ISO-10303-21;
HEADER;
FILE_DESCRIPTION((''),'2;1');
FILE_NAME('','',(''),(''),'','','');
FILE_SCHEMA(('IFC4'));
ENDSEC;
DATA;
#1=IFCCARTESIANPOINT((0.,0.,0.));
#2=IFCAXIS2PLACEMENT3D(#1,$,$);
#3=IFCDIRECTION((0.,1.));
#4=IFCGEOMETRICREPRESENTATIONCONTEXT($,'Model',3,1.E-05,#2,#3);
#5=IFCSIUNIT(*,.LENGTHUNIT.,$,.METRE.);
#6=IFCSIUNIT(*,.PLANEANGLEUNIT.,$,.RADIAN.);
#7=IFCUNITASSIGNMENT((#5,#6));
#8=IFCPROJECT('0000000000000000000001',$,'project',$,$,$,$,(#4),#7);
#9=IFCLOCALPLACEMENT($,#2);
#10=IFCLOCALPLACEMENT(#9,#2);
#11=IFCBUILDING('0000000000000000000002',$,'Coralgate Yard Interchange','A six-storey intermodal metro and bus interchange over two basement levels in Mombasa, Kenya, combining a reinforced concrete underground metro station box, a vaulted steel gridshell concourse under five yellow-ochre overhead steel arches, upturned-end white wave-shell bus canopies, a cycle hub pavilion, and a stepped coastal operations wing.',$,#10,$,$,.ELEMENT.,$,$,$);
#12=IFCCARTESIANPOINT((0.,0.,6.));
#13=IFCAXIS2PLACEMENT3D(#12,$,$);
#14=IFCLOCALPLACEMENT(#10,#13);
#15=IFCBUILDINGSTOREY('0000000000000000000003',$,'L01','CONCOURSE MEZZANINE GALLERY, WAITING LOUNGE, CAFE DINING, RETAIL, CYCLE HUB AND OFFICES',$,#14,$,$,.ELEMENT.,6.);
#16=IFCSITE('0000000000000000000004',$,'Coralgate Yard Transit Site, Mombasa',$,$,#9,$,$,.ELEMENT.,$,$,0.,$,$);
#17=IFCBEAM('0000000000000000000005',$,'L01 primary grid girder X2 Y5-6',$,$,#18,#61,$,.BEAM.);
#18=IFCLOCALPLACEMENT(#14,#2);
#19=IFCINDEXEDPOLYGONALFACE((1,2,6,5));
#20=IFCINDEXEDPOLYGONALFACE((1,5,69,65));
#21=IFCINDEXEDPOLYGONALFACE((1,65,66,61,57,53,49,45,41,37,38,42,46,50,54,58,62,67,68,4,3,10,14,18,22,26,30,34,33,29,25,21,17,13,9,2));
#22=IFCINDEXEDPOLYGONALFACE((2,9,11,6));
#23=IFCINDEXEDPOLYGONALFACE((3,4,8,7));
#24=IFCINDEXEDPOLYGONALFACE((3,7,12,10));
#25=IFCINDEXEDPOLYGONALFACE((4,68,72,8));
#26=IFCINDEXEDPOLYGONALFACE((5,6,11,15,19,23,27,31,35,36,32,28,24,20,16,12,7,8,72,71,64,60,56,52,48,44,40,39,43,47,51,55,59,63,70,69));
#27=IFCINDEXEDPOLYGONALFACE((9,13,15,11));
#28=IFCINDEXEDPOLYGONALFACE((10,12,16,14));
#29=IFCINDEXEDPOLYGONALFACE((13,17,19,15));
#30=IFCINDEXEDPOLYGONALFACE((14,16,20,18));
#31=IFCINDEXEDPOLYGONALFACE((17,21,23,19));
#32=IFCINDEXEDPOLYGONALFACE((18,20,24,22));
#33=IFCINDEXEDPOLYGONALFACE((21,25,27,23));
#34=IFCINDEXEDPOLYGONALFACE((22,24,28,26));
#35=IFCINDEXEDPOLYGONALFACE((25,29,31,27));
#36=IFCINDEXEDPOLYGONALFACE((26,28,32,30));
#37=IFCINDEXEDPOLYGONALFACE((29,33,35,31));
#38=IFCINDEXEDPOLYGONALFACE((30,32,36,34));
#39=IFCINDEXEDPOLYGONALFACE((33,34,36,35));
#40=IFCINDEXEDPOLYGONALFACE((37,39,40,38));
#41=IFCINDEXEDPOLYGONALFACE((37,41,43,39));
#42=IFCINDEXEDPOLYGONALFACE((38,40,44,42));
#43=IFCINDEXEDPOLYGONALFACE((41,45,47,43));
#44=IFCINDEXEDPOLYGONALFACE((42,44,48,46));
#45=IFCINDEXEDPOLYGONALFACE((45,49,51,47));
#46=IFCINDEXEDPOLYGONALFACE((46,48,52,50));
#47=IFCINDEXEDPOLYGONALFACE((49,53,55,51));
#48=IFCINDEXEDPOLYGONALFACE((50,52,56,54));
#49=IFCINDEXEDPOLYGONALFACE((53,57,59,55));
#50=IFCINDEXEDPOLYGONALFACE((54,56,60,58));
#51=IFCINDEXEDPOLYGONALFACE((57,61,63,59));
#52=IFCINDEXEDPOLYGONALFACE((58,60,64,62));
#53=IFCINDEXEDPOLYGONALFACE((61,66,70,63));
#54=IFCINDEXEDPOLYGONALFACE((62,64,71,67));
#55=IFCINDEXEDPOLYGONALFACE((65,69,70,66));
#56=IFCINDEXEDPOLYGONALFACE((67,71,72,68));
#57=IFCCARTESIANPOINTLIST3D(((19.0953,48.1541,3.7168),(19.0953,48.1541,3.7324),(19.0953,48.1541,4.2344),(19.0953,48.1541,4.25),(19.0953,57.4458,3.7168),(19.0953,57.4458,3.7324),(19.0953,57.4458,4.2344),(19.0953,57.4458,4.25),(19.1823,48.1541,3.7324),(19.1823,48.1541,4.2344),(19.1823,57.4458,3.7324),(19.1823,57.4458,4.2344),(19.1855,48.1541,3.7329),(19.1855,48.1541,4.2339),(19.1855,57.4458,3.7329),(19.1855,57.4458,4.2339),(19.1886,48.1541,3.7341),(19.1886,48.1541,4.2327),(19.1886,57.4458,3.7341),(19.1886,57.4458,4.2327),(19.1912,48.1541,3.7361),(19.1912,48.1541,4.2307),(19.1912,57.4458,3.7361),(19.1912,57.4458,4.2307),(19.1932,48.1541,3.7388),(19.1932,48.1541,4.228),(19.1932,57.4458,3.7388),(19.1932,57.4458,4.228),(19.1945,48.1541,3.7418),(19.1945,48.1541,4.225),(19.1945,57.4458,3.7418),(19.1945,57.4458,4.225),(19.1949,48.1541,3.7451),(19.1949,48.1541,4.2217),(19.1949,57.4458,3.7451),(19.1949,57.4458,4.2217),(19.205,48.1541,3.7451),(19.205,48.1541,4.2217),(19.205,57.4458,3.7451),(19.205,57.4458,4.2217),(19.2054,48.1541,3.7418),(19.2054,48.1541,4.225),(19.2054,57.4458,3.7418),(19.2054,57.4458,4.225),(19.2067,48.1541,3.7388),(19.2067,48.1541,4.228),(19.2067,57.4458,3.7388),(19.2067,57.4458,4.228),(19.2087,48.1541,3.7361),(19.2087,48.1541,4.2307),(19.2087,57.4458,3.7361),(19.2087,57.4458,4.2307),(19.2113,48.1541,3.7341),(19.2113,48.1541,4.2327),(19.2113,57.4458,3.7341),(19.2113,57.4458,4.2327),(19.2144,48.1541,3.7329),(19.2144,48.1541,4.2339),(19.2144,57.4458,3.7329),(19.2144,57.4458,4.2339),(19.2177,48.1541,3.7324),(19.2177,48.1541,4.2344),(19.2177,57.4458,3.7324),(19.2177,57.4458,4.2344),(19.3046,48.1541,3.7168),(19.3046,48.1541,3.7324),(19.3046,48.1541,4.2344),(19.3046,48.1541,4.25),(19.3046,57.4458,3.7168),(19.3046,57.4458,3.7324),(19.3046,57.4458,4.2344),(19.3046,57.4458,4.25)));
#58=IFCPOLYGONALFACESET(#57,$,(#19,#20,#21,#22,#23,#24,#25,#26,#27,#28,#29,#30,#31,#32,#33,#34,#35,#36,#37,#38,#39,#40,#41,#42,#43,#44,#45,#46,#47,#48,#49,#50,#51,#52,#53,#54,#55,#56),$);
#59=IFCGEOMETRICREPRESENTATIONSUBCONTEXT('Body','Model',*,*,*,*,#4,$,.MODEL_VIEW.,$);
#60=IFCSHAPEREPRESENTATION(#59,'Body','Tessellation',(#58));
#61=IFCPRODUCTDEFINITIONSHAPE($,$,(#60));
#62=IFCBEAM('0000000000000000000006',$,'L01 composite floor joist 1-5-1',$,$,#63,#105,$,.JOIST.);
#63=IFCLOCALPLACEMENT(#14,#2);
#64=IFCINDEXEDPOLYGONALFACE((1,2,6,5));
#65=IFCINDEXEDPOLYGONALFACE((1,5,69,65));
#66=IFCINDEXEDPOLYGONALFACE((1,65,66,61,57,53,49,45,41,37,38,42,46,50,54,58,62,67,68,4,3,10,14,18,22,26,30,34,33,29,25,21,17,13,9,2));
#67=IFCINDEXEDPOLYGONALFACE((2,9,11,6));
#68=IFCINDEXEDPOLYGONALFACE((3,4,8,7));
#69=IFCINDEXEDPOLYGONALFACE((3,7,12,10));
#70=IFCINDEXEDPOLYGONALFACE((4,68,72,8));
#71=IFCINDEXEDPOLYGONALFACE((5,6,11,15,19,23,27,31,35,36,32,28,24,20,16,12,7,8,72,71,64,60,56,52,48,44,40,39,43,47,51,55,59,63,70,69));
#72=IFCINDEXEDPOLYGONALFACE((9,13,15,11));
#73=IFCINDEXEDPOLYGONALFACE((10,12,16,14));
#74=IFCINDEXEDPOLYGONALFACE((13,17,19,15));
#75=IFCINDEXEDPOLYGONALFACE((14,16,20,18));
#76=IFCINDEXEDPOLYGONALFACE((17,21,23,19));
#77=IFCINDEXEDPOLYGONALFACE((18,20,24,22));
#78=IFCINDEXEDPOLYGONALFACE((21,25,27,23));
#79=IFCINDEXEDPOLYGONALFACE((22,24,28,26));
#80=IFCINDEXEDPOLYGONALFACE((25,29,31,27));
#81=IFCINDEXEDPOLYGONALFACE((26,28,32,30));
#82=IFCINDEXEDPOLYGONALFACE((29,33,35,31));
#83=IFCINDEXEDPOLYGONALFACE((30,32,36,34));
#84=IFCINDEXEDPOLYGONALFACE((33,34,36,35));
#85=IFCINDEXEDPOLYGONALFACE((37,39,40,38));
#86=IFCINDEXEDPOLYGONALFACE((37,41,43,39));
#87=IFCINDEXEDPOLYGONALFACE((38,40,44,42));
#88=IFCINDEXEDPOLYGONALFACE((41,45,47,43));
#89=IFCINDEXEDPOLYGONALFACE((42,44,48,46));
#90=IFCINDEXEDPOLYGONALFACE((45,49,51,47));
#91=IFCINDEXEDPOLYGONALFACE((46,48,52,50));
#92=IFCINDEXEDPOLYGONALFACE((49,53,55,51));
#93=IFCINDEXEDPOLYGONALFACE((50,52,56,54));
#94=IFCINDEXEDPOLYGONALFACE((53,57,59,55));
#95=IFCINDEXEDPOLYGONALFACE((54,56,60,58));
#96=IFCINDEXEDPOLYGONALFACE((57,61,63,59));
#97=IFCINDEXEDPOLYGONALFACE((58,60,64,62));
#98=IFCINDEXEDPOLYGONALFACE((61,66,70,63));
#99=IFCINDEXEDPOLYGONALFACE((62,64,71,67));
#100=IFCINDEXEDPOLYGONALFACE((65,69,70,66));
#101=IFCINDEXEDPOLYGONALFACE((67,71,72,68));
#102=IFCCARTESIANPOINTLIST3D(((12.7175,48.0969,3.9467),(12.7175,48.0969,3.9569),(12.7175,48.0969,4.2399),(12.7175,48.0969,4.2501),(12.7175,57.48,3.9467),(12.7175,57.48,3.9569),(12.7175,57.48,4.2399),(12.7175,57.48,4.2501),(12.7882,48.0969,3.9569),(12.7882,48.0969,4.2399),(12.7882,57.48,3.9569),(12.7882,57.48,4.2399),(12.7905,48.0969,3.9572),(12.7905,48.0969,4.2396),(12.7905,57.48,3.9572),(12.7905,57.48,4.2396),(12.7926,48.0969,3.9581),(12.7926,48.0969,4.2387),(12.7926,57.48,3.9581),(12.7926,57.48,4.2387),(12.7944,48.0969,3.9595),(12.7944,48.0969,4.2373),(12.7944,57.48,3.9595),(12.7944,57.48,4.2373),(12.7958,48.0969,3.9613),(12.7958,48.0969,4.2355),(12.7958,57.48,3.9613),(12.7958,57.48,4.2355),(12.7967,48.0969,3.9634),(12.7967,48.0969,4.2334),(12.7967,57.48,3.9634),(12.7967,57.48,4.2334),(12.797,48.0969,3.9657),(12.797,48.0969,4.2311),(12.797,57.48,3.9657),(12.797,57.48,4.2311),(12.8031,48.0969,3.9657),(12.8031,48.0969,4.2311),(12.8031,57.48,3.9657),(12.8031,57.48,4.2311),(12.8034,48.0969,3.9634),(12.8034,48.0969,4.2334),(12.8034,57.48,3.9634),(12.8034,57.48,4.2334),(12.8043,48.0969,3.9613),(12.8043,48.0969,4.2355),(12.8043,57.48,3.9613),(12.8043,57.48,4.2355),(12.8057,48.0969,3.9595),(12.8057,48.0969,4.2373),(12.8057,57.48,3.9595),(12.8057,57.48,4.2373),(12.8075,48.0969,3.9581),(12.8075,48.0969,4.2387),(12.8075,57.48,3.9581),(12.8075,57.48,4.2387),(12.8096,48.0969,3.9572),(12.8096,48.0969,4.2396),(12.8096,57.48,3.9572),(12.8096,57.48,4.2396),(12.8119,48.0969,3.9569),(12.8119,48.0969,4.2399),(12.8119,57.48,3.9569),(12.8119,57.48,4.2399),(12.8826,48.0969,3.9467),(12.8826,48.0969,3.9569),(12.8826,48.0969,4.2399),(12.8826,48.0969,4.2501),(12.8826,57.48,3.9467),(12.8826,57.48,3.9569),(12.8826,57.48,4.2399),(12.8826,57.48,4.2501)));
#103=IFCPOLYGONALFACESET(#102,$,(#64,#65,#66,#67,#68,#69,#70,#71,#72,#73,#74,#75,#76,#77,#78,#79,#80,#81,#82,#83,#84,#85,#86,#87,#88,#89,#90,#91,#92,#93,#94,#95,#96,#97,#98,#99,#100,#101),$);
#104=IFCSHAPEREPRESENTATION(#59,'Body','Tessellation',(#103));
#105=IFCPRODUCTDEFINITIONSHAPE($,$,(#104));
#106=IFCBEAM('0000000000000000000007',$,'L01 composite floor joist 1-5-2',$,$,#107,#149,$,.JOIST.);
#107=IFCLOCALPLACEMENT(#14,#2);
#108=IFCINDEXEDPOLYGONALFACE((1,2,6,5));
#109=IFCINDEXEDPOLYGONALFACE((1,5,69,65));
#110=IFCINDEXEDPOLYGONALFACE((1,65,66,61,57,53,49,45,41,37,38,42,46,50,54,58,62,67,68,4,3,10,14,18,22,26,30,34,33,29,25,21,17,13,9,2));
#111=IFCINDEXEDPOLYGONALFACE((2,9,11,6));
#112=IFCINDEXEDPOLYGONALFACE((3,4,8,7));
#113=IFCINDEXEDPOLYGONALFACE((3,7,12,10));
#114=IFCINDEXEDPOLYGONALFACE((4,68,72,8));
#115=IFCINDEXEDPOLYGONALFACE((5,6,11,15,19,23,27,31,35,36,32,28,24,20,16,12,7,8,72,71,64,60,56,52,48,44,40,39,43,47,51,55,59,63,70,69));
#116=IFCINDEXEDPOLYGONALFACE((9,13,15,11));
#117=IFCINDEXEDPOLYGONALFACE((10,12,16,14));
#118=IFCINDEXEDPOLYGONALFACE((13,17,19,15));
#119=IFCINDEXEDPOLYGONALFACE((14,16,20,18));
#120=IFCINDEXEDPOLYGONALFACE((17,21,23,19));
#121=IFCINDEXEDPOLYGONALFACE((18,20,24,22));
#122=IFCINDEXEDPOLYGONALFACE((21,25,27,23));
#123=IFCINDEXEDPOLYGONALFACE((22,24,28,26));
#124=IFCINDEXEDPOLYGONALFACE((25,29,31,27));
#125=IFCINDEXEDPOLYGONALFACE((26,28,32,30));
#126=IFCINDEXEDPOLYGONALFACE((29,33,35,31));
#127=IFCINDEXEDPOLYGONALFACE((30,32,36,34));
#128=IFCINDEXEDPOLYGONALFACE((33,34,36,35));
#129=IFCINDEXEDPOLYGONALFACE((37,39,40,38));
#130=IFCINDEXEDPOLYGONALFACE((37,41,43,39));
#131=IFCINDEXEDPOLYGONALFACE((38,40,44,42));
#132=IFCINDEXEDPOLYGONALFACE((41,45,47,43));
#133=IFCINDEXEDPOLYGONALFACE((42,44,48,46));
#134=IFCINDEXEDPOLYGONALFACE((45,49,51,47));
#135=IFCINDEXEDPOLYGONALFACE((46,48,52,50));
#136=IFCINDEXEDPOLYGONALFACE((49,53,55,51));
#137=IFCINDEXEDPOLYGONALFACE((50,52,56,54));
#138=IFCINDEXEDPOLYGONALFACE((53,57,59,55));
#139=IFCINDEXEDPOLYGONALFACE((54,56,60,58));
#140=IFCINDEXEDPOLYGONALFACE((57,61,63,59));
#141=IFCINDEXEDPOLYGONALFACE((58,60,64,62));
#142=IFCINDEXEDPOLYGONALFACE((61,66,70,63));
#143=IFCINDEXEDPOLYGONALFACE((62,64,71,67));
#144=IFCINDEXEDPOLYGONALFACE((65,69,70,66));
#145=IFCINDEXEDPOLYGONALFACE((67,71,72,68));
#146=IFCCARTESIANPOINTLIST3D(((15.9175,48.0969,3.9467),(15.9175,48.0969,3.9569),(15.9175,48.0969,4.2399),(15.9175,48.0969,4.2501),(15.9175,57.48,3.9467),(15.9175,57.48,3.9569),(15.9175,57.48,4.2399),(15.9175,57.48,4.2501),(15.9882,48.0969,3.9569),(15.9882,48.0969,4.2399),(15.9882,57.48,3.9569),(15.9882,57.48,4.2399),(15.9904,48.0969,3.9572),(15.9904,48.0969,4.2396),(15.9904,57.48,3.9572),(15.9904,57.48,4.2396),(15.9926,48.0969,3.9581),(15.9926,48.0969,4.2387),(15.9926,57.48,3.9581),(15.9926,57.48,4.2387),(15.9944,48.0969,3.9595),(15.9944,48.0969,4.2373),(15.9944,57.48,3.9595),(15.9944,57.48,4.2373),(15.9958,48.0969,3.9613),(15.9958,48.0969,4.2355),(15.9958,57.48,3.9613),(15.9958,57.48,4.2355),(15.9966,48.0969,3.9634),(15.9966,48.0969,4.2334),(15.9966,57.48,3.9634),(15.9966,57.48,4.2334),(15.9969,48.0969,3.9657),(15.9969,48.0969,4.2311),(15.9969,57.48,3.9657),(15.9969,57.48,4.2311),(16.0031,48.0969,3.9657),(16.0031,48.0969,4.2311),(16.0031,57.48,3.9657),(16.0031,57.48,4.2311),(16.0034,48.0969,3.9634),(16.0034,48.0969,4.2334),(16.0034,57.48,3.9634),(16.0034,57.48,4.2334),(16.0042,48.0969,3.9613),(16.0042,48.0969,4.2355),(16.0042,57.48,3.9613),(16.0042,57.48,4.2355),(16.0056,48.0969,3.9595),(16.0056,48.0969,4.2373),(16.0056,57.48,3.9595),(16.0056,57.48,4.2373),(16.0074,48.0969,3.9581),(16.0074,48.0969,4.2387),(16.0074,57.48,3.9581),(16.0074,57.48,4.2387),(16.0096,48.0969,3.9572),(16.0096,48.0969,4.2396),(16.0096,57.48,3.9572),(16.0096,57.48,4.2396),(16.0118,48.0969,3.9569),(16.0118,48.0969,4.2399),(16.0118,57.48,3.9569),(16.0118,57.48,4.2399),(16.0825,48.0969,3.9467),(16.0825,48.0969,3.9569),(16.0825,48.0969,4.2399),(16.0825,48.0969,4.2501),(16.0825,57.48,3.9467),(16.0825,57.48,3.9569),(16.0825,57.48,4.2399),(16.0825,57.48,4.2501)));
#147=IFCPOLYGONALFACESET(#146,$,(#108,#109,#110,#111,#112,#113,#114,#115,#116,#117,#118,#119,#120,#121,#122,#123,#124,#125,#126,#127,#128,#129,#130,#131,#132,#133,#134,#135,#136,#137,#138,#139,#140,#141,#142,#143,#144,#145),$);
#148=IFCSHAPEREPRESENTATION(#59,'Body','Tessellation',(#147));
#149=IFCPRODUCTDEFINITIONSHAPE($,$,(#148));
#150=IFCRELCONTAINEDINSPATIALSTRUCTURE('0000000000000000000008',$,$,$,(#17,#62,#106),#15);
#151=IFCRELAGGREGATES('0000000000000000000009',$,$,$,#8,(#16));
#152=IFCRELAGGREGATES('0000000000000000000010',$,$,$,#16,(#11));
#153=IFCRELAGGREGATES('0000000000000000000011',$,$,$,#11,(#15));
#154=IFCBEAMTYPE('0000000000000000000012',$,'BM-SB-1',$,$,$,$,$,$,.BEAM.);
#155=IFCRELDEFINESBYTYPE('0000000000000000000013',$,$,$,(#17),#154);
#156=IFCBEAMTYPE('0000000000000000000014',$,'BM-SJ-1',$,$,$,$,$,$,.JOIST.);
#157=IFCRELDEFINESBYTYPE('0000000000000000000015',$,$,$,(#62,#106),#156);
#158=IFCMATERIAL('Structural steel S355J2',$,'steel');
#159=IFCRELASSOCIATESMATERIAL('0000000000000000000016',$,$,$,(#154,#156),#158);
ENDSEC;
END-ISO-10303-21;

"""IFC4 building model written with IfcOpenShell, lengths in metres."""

from ifc_helpers import new_model, si_unit, direction, frame, origin, origin_2d, place, context, subcontext, project, spatial, i_section, extrude, material, material_profile, profile_set, type_object, element, save


model = new_model("IFC4")

# Units and contexts
model_context = context("Model", 3, precision=1e-05, world=origin(), true_north=direction((0.0, 1.0)))
body_context = subcontext(model_context, "Body", "Model", "MODEL_VIEW")
ifc_project = project(units=[si_unit("LENGTHUNIT", "METRE"), si_unit("PLANEANGLEUNIT", "RADIAN")], contexts=[model_context])

# Site, building, storey
site_placement = place(None, origin())
site = spatial("IfcSite", under=ifc_project, at=site_placement, Name="Coralgate Yard Transit Site, Mombasa", CompositionType="ELEMENT", RefElevation=0.0)
building_placement = place(site_placement, origin())
building = spatial("IfcBuilding", under=site, at=building_placement, Name="Coralgate Yard Interchange", Description="A six-storey intermodal metro and bus interchange over two basement levels in Mombasa, Kenya, combining a reinforced concrete underground metro station box, a vaulted steel gridshell concourse under five yellow-ochre overhead steel arches, upturned-end white wave-shell bus canopies, a cycle hub pavilion, and a stepped coastal operations wing.", CompositionType="ELEMENT")
storey_placement = place(building_placement, frame((0.0, 0.0, 6.0)))
storey = spatial("IfcBuildingStorey", under=building, at=storey_placement, Name="L01", Description="CONCOURSE MEZZANINE GALLERY, WAITING LOUNGE, CAFE DINING, RETAIL, CYCLE HUB AND OFFICES", CompositionType="ELEMENT", Elevation=6.0)

# Beams
ifc_material_1 = material(Name="Structural steel S355J2", Category="steel")
ifc_material_profile_1 = material_profile(ifc_material_1, i_section(OverallWidth=0.2092, OverallDepth=0.5332, WebThickness=0.01, FlangeThickness=0.0156, FilletRadius=0.0127, at=origin_2d()), Name="UB 533x210x92")
ifc_profile_set_1 = profile_set([ifc_material_profile_1], Name="Structural steel S355J2")
beam_type_1 = type_object("IfcBeamType", Name="BM-SB-1", PredefinedType="BEAM", material=ifc_profile_set_1)
beam_placement = place(storey_placement, frame((19.2, 48.1541, 3.9834), z_axis=(0.0, 1.0, 0.0), x_axis=(-1.0, 0.0, 0.0)))
element("IfcBeam", 1, at=beam_placement, inside=storey, type_object=beam_type_1, Name="L01 primary grid girder X2 Y5-6", PredefinedType="BEAM", context=body_context, shape_type="SweptSolid", body=[
    extrude(i_section(OverallWidth=0.2092, OverallDepth=0.5332, WebThickness=0.01, FlangeThickness=0.0156, FilletRadius=0.0127, at=origin_2d()), origin(), (0.0, 0.0, 1.0), 9.2917),
])
ifc_material_profile_2 = material_profile(ifc_material_1, i_section(OverallWidth=0.165, OverallDepth=0.3035, WebThickness=0.0061, FlangeThickness=0.0103, FilletRadius=0.0088, at=origin_2d()), Name="UB 305x165x40")
ifc_profile_set_2 = profile_set([ifc_material_profile_2], Name="Structural steel S355J2")
beam_type_2 = type_object("IfcBeamType", Name="BM-SJ-1", PredefinedType="JOIST", material=ifc_profile_set_2)
for number, where, z_axis, x_axis, name in (
    (2, (12.8, 48.0969, 4.0984), (0.0, 1.0, 0.0), (-1.0, 0.0, 0.0), "L01 composite floor joist 1-5-1"),
    (3, (16.0, 48.0969, 4.0984), (0.0, 1.0, 0.0), (-1.0, 0.0, 0.0), "L01 composite floor joist 1-5-2"),
):
    element("IfcBeam", number, at=place(storey_placement, frame(where, z_axis=z_axis, x_axis=x_axis)), inside=storey, type_object=beam_type_2, Name=name, PredefinedType="JOIST", context=body_context, shape_type="SweptSolid", body=[
        extrude(i_section(OverallWidth=0.165, OverallDepth=0.3035, WebThickness=0.0061, FlangeThickness=0.0103, FilletRadius=0.0088, at=origin_2d()), origin(), (0.0, 0.0, 1.0), 9.3831),
    ])

save(model, "model.ifc")
